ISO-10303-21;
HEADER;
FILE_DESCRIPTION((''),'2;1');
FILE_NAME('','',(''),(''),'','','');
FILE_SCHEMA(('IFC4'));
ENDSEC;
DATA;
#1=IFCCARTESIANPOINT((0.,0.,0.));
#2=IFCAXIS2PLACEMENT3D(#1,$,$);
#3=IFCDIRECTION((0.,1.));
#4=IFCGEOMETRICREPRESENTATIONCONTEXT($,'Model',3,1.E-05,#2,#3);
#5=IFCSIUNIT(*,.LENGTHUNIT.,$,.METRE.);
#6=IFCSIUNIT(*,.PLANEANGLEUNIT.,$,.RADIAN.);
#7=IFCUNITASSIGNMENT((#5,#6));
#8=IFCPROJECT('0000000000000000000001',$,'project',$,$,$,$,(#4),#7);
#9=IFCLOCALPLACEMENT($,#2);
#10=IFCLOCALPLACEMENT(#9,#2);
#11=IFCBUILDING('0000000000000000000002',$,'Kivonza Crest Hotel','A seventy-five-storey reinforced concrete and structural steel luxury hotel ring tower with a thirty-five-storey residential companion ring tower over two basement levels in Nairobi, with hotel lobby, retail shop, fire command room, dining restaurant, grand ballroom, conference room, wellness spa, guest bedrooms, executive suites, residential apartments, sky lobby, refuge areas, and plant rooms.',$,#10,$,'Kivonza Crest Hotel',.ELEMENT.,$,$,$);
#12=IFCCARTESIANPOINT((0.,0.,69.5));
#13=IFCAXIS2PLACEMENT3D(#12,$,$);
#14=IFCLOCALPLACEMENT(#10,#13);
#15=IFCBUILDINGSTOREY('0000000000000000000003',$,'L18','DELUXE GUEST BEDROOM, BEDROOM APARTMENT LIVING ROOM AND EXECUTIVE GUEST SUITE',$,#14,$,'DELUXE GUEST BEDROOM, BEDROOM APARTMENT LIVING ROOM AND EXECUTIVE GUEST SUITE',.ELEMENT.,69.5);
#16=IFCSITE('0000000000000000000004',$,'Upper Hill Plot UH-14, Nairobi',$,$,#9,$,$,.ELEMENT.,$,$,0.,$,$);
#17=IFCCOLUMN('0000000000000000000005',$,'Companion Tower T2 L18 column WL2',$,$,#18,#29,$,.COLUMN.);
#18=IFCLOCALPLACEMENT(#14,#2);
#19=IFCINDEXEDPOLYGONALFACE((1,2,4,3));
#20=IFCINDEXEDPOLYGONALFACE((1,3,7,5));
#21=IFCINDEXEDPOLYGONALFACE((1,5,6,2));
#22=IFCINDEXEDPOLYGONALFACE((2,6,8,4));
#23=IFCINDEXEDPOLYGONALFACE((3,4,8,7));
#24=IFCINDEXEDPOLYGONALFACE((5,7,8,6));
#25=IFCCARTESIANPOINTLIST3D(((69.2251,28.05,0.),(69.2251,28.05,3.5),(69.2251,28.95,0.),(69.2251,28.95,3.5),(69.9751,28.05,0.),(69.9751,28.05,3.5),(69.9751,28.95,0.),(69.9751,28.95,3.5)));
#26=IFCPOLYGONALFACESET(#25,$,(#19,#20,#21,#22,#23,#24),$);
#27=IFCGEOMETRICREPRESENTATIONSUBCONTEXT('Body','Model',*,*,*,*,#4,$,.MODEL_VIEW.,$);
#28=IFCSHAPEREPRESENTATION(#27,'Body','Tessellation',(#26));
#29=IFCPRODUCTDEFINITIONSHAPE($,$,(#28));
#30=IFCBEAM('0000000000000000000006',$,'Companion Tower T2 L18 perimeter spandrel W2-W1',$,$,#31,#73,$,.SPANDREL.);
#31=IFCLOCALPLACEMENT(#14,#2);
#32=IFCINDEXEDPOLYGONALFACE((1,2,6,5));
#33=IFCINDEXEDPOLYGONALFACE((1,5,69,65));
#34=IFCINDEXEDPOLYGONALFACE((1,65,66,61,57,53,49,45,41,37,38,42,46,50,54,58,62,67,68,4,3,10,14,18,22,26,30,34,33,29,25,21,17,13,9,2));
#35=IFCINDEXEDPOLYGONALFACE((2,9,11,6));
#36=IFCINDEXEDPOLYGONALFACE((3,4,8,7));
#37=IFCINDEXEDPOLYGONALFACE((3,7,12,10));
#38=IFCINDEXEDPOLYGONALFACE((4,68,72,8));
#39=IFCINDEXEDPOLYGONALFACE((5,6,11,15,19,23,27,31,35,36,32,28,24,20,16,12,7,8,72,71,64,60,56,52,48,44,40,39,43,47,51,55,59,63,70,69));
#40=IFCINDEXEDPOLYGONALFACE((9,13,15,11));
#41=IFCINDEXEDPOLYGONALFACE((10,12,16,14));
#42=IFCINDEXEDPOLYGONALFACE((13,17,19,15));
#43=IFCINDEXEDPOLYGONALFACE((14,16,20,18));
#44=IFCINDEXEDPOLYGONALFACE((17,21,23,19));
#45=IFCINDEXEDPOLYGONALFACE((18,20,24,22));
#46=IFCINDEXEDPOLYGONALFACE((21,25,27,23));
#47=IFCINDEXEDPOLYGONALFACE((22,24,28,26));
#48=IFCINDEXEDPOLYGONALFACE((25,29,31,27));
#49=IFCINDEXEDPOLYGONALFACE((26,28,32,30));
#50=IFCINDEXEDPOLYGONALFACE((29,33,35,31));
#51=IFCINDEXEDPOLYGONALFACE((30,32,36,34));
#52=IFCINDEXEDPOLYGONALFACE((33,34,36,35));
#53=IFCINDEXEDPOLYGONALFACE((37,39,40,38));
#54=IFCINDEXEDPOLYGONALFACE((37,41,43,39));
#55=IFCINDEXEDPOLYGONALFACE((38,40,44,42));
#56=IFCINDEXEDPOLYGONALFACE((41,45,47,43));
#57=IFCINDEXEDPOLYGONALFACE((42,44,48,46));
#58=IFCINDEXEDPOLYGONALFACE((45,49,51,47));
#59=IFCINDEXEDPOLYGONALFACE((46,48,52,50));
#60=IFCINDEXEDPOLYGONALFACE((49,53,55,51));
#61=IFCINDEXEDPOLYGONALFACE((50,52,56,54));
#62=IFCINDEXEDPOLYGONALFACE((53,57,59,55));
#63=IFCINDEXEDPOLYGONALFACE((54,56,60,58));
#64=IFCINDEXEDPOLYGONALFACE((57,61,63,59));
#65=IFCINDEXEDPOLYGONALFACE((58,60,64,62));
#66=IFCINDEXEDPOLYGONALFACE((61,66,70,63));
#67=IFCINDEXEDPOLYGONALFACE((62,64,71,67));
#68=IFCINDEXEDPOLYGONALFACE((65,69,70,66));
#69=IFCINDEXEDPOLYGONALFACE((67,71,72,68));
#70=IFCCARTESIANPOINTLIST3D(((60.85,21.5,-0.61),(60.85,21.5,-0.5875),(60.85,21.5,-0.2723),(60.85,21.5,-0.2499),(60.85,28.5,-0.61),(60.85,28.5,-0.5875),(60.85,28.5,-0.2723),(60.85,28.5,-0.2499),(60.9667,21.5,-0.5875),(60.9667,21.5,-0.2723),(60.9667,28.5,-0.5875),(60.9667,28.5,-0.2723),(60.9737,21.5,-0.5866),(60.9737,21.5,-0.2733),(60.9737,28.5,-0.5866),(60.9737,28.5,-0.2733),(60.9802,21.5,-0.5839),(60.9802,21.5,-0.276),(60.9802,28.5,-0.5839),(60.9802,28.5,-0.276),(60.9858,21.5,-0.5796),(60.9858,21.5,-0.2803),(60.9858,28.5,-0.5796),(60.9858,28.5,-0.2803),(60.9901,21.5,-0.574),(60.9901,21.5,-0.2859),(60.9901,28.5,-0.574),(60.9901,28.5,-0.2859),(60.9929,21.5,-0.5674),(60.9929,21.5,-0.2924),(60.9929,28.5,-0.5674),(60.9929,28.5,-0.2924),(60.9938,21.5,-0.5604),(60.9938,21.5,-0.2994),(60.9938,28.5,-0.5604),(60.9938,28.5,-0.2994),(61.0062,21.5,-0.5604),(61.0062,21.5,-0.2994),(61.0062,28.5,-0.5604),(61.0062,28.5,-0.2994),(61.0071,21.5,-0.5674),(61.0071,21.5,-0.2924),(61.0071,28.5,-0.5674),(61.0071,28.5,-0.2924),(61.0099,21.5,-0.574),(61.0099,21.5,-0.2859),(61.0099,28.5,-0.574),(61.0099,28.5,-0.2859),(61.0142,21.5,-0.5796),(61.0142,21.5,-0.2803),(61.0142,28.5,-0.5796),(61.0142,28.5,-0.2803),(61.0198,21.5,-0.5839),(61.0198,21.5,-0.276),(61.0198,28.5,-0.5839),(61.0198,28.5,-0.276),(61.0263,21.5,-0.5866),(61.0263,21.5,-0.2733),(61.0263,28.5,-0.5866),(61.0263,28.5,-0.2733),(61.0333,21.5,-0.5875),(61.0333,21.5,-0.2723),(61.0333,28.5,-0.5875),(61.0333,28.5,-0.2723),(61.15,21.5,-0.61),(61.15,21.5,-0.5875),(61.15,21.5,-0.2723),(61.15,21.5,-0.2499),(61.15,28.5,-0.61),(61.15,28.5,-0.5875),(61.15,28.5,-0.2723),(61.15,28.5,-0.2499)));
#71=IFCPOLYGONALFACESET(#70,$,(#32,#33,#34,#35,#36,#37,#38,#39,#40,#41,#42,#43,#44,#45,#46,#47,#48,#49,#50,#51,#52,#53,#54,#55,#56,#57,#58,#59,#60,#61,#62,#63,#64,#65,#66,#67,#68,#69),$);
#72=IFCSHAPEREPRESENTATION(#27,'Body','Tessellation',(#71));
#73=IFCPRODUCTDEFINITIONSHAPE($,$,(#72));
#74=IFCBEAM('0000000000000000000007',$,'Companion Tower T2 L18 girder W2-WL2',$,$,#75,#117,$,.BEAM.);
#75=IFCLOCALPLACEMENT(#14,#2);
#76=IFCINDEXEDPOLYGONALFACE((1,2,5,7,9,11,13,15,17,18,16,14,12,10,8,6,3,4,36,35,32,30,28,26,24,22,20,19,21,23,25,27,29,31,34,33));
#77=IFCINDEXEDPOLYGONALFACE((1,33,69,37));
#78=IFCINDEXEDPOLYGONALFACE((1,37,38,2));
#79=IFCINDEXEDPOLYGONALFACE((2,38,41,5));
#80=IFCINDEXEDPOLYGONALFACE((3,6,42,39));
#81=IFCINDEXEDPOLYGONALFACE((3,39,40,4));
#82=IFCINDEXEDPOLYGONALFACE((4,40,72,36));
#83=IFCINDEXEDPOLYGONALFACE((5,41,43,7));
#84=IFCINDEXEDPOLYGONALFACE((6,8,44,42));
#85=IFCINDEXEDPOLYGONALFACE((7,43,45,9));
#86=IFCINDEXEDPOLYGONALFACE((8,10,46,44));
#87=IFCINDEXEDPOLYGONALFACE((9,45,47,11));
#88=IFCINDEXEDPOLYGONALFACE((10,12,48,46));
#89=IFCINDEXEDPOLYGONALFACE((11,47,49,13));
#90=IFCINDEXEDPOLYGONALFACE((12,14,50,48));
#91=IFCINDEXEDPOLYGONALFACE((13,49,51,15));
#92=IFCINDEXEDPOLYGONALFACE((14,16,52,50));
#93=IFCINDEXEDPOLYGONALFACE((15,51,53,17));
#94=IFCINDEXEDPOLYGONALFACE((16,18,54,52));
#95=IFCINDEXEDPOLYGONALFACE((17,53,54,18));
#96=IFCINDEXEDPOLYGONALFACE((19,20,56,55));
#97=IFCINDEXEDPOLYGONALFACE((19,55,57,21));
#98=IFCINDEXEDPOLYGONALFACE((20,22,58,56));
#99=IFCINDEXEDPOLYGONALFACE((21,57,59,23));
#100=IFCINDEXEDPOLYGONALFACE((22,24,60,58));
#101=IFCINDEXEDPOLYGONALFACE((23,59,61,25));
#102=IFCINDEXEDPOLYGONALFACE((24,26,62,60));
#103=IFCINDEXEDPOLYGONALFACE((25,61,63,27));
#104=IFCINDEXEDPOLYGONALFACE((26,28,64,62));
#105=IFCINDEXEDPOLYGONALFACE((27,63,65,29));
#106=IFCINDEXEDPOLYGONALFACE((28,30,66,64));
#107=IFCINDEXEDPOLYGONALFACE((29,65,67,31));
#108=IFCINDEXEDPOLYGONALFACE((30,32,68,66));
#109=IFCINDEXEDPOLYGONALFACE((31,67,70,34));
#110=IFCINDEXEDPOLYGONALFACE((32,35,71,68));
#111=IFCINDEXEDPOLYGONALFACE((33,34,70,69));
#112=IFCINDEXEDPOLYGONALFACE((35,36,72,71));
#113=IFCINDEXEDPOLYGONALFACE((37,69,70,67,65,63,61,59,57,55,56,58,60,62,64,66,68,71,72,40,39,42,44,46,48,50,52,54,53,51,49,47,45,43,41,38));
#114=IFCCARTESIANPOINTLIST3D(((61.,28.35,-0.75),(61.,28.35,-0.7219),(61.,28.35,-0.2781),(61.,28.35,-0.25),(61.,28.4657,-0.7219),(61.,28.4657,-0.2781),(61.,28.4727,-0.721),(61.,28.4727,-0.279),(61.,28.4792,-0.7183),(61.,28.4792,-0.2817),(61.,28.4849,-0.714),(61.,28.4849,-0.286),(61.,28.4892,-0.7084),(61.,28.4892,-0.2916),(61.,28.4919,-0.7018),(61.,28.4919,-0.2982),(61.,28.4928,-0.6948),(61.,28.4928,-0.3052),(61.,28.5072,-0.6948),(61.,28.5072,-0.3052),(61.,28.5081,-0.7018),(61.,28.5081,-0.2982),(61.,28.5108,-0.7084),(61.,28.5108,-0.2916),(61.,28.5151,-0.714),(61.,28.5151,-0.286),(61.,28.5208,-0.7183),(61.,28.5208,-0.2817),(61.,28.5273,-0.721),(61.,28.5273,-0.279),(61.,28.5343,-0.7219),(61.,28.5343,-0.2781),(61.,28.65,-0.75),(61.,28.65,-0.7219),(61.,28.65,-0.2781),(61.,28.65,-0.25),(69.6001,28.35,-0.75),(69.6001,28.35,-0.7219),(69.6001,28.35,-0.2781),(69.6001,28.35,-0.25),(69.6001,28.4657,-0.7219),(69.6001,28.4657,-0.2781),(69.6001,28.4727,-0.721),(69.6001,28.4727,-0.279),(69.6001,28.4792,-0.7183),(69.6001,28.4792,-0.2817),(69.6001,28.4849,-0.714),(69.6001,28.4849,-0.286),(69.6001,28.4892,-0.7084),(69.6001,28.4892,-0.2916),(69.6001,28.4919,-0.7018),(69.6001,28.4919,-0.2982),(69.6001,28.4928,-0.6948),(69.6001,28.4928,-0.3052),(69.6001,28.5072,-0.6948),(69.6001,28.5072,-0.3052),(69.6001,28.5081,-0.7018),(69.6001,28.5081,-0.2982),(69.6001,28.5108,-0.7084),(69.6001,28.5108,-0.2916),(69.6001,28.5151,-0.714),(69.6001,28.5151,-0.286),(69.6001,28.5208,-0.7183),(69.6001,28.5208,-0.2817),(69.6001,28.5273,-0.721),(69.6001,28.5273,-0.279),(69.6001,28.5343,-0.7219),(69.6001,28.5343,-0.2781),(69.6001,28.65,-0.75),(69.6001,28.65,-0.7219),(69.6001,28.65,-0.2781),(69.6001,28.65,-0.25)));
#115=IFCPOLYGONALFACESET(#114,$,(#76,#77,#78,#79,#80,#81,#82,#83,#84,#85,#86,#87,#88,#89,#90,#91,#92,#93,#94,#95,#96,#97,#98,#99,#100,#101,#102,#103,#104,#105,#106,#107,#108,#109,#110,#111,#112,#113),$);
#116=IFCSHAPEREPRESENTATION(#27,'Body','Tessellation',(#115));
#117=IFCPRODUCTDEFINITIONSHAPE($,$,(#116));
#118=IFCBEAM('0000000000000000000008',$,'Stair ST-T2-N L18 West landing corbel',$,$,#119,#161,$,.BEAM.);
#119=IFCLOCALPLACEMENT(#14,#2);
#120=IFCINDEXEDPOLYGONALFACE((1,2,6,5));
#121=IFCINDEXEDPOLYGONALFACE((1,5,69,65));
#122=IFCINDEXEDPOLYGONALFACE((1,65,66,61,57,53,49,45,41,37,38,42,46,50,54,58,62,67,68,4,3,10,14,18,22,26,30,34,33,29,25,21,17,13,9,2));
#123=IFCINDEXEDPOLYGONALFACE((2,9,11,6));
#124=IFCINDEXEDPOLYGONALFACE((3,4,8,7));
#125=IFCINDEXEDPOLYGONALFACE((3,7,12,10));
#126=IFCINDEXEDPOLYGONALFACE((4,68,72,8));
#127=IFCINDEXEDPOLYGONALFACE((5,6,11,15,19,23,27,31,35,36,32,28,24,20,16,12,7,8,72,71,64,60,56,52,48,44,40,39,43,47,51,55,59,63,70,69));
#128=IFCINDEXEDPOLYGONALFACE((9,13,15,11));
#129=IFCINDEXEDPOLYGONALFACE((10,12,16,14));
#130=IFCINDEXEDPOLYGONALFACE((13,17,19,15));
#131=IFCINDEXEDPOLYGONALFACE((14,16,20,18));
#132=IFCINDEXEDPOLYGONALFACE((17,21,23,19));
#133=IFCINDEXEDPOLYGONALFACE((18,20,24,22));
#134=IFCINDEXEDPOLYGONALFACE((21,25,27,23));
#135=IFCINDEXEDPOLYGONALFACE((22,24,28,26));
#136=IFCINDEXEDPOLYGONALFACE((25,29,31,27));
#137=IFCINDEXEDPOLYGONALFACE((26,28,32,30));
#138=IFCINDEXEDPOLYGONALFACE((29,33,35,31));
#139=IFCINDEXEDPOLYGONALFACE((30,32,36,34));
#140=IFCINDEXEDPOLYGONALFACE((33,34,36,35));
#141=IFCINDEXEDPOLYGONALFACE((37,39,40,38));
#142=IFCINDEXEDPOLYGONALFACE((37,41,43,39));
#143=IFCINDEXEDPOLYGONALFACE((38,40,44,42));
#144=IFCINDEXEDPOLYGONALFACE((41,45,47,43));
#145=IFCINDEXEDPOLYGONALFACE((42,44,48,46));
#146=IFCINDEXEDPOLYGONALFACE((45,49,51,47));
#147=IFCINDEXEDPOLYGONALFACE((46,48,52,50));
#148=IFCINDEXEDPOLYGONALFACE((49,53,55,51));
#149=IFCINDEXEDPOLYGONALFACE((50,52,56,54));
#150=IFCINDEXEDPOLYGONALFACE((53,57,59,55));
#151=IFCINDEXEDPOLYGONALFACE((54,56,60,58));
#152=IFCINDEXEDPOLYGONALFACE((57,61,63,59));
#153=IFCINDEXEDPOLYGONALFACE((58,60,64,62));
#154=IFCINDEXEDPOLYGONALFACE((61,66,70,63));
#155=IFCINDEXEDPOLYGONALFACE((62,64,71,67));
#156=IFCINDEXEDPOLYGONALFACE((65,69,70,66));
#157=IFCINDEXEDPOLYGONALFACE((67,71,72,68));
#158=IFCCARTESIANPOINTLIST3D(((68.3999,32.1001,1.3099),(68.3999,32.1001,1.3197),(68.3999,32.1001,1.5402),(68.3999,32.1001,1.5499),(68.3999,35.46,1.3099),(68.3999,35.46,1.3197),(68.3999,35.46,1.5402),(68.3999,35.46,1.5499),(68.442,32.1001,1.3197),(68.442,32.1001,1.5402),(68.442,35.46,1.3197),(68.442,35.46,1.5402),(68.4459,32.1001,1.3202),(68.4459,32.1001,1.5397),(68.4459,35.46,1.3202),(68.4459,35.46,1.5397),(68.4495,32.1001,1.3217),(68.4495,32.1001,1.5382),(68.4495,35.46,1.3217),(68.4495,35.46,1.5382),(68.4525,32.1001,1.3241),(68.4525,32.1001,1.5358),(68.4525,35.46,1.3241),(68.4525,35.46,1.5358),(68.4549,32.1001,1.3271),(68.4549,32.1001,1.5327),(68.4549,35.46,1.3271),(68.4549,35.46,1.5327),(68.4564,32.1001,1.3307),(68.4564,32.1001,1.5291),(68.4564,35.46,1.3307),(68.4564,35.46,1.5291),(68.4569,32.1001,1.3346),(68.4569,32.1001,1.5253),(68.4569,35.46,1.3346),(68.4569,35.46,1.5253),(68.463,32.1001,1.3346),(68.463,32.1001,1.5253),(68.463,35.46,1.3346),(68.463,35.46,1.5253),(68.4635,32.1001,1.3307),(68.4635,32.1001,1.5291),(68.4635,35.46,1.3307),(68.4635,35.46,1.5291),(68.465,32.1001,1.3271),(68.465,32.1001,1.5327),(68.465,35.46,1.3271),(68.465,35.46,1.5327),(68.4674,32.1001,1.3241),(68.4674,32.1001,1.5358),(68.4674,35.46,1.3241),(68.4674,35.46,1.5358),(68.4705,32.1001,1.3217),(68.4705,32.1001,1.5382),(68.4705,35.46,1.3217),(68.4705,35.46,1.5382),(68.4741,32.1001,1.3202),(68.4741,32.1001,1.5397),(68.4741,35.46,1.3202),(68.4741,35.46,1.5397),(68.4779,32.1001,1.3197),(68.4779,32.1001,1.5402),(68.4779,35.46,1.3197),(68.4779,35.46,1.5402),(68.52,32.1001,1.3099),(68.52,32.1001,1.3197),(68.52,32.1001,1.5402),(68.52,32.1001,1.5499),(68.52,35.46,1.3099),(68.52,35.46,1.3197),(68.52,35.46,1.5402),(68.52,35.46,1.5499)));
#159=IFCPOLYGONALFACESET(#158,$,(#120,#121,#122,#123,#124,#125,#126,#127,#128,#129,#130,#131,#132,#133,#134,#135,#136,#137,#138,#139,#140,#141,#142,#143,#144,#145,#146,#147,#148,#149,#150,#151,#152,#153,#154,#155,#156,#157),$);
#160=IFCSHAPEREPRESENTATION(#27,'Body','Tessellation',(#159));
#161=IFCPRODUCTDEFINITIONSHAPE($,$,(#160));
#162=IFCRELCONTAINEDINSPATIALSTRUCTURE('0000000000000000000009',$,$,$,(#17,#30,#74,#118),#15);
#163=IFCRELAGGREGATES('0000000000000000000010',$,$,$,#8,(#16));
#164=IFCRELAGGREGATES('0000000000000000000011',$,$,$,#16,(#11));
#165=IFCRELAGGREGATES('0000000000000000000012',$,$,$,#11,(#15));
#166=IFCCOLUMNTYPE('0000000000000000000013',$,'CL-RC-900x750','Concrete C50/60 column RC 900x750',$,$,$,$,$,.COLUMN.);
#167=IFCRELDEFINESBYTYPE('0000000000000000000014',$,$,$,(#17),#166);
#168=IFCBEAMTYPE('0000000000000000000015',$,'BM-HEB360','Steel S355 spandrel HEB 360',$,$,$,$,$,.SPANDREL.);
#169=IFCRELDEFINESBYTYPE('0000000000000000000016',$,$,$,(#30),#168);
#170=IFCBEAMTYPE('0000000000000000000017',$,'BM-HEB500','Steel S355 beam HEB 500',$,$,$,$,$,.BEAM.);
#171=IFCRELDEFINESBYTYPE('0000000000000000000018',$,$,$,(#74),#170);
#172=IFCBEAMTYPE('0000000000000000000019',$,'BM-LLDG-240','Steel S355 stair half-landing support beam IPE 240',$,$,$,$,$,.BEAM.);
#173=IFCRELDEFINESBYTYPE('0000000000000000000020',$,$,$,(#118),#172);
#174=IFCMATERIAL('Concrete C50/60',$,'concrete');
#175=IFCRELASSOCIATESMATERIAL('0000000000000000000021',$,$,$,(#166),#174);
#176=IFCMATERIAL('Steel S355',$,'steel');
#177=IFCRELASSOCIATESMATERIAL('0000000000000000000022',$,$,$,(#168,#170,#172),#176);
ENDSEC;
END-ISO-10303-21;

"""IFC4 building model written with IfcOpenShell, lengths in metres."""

from ifc_helpers import new_model, si_unit, direction, frame, origin, origin_2d, place, context, subcontext, project, spatial, rectangle, i_section, extrude, material, material_profile, profile_set, type_object, element, save


model = new_model("IFC4")

# Units and contexts
model_context = context("Model", 3, precision=1e-05, world=origin(), true_north=direction((0.0, 1.0)))
body_context = subcontext(model_context, "Body", "Model", "MODEL_VIEW")
ifc_project = project(units=[si_unit("LENGTHUNIT", "METRE"), si_unit("PLANEANGLEUNIT", "RADIAN")], contexts=[model_context])

# Site, building, storey
site_placement = place(None, origin())
site = spatial("IfcSite", under=ifc_project, at=site_placement, Name="Upper Hill Plot UH-14, Nairobi", CompositionType="ELEMENT", RefElevation=0.0)
building_placement = place(site_placement, origin())
building = spatial("IfcBuilding", under=site, at=building_placement, Name="Kivonza Crest Hotel", Description="A seventy-five-storey reinforced concrete and structural steel luxury hotel ring tower with a thirty-five-storey residential companion ring tower over two basement levels in Nairobi, with hotel lobby, retail shop, fire command room, dining restaurant, grand ballroom, conference room, wellness spa, guest bedrooms, executive suites, residential apartments, sky lobby, refuge areas, and plant rooms.", LongName="Kivonza Crest Hotel", CompositionType="ELEMENT")
storey_placement = place(building_placement, frame((0.0, 0.0, 69.5)))
storey = spatial("IfcBuildingStorey", under=building, at=storey_placement, Name="L18", Description="DELUXE GUEST BEDROOM, BEDROOM APARTMENT LIVING ROOM AND EXECUTIVE GUEST SUITE", LongName="DELUXE GUEST BEDROOM, BEDROOM APARTMENT LIVING ROOM AND EXECUTIVE GUEST SUITE", CompositionType="ELEMENT", Elevation=69.5)

# Column
ifc_material_1 = material(Name="Concrete C50/60", Category="concrete")
ifc_material_profile_1 = material_profile(ifc_material_1, rectangle(XDim=0.75, YDim=0.8999, at=origin_2d()), Name="RC 900x750")
ifc_profile_set_1 = profile_set([ifc_material_profile_1], Name="Concrete C50/60")
column_type = type_object("IfcColumnType", Name="CL-RC-900x750", Description="Concrete C50/60 column RC 900x750", PredefinedType="COLUMN", material=ifc_profile_set_1)
column_placement = place(storey_placement, frame((69.6001, 28.5, 0.0), z_axis=(0.0, 0.0, 1.0), x_axis=(1.0, 0.0, 0.0)))
element("IfcColumn", 1, at=column_placement, inside=storey, type_object=column_type, Name="Companion Tower T2 L18 column WL2", PredefinedType="COLUMN", context=body_context, shape_type="SweptSolid", body=[
    extrude(rectangle(XDim=0.75, YDim=0.8999, at=origin_2d()), origin(), (0.0, 0.0, 1.0), 3.5),
])

# Beams
ifc_material_2 = material(Name="Steel S355", Category="steel")
ifc_material_profile_2 = material_profile(ifc_material_2, i_section(OverallWidth=0.3, OverallDepth=0.3601, WebThickness=0.0125, FlangeThickness=0.0225, FilletRadius=0.0271, at=origin_2d()), Name="HEB 360")
ifc_profile_set_2 = profile_set([ifc_material_profile_2], Name="Steel S355")
beam_type_1 = type_object("IfcBeamType", Name="BM-HEB360", Description="Steel S355 spandrel HEB 360", PredefinedType="SPANDREL", material=ifc_profile_set_2)
beam_1_placement = place(storey_placement, frame((61.0, 28.5, -0.4299), z_axis=(0.0, -1.0, 0.0), x_axis=(1.0, 0.0, 0.0)))
element("IfcBeam", 2, at=beam_1_placement, inside=storey, type_object=beam_type_1, Name="Companion Tower T2 L18 perimeter spandrel W2-W1", PredefinedType="SPANDREL", context=body_context, shape_type="SweptSolid", body=[
    extrude(i_section(OverallWidth=0.3, OverallDepth=0.3601, WebThickness=0.0125, FlangeThickness=0.0225, FilletRadius=0.0271, at=origin_2d()), origin(), (0.0, 0.0, 1.0), 7.0),
])
ifc_material_profile_3 = material_profile(ifc_material_2, i_section(OverallWidth=0.3, OverallDepth=0.5, WebThickness=0.0144, FlangeThickness=0.0281, FilletRadius=0.0271, at=origin_2d()), Name="HEB 500")
ifc_profile_set_3 = profile_set([ifc_material_profile_3], Name="Steel S355")
beam_type_2 = type_object("IfcBeamType", Name="BM-HEB500", Description="Steel S355 beam HEB 500", PredefinedType="BEAM", material=ifc_profile_set_3)
beam_2_placement = place(storey_placement, frame((61.0, 28.5, -0.5), z_axis=(1.0, 0.0, 0.0), x_axis=(0.0, 1.0, 0.0)))
element("IfcBeam", 3, at=beam_2_placement, inside=storey, type_object=beam_type_2, Name="Companion Tower T2 L18 girder W2-WL2", PredefinedType="BEAM", context=body_context, shape_type="SweptSolid", body=[
    extrude(i_section(OverallWidth=0.3, OverallDepth=0.5, WebThickness=0.0144, FlangeThickness=0.0281, FilletRadius=0.0271, at=origin_2d()), origin(), (0.0, 0.0, 1.0), 8.6001),
])
ifc_material_profile_4 = material_profile(ifc_material_2, i_section(OverallWidth=0.1201, OverallDepth=0.24, WebThickness=0.0061, FlangeThickness=0.0098, FilletRadius=0.0149, at=origin_2d()), Name="IPE 240")
ifc_profile_set_4 = profile_set([ifc_material_profile_4], Name="Steel S355")
beam_type_3 = type_object("IfcBeamType", Name="BM-LLDG-240", Description="Steel S355 stair half-landing support beam IPE 240", PredefinedType="BEAM", material=ifc_profile_set_4)
beam_3_placement = place(storey_placement, frame((68.46, 32.1001, 1.4299), z_axis=(0.0, 1.0, 0.0), x_axis=(-1.0, 0.0, 0.0)))
element("IfcBeam", 4, at=beam_3_placement, inside=storey, type_object=beam_type_3, Name="Stair ST-T2-N L18 West landing corbel", PredefinedType="BEAM", context=body_context, shape_type="SweptSolid", body=[
    extrude(i_section(OverallWidth=0.1201, OverallDepth=0.24, WebThickness=0.0061, FlangeThickness=0.0098, FilletRadius=0.0149, at=origin_2d()), origin(), (0.0, 0.0, 1.0), 3.3599),
])

save(model, "model.ifc")
